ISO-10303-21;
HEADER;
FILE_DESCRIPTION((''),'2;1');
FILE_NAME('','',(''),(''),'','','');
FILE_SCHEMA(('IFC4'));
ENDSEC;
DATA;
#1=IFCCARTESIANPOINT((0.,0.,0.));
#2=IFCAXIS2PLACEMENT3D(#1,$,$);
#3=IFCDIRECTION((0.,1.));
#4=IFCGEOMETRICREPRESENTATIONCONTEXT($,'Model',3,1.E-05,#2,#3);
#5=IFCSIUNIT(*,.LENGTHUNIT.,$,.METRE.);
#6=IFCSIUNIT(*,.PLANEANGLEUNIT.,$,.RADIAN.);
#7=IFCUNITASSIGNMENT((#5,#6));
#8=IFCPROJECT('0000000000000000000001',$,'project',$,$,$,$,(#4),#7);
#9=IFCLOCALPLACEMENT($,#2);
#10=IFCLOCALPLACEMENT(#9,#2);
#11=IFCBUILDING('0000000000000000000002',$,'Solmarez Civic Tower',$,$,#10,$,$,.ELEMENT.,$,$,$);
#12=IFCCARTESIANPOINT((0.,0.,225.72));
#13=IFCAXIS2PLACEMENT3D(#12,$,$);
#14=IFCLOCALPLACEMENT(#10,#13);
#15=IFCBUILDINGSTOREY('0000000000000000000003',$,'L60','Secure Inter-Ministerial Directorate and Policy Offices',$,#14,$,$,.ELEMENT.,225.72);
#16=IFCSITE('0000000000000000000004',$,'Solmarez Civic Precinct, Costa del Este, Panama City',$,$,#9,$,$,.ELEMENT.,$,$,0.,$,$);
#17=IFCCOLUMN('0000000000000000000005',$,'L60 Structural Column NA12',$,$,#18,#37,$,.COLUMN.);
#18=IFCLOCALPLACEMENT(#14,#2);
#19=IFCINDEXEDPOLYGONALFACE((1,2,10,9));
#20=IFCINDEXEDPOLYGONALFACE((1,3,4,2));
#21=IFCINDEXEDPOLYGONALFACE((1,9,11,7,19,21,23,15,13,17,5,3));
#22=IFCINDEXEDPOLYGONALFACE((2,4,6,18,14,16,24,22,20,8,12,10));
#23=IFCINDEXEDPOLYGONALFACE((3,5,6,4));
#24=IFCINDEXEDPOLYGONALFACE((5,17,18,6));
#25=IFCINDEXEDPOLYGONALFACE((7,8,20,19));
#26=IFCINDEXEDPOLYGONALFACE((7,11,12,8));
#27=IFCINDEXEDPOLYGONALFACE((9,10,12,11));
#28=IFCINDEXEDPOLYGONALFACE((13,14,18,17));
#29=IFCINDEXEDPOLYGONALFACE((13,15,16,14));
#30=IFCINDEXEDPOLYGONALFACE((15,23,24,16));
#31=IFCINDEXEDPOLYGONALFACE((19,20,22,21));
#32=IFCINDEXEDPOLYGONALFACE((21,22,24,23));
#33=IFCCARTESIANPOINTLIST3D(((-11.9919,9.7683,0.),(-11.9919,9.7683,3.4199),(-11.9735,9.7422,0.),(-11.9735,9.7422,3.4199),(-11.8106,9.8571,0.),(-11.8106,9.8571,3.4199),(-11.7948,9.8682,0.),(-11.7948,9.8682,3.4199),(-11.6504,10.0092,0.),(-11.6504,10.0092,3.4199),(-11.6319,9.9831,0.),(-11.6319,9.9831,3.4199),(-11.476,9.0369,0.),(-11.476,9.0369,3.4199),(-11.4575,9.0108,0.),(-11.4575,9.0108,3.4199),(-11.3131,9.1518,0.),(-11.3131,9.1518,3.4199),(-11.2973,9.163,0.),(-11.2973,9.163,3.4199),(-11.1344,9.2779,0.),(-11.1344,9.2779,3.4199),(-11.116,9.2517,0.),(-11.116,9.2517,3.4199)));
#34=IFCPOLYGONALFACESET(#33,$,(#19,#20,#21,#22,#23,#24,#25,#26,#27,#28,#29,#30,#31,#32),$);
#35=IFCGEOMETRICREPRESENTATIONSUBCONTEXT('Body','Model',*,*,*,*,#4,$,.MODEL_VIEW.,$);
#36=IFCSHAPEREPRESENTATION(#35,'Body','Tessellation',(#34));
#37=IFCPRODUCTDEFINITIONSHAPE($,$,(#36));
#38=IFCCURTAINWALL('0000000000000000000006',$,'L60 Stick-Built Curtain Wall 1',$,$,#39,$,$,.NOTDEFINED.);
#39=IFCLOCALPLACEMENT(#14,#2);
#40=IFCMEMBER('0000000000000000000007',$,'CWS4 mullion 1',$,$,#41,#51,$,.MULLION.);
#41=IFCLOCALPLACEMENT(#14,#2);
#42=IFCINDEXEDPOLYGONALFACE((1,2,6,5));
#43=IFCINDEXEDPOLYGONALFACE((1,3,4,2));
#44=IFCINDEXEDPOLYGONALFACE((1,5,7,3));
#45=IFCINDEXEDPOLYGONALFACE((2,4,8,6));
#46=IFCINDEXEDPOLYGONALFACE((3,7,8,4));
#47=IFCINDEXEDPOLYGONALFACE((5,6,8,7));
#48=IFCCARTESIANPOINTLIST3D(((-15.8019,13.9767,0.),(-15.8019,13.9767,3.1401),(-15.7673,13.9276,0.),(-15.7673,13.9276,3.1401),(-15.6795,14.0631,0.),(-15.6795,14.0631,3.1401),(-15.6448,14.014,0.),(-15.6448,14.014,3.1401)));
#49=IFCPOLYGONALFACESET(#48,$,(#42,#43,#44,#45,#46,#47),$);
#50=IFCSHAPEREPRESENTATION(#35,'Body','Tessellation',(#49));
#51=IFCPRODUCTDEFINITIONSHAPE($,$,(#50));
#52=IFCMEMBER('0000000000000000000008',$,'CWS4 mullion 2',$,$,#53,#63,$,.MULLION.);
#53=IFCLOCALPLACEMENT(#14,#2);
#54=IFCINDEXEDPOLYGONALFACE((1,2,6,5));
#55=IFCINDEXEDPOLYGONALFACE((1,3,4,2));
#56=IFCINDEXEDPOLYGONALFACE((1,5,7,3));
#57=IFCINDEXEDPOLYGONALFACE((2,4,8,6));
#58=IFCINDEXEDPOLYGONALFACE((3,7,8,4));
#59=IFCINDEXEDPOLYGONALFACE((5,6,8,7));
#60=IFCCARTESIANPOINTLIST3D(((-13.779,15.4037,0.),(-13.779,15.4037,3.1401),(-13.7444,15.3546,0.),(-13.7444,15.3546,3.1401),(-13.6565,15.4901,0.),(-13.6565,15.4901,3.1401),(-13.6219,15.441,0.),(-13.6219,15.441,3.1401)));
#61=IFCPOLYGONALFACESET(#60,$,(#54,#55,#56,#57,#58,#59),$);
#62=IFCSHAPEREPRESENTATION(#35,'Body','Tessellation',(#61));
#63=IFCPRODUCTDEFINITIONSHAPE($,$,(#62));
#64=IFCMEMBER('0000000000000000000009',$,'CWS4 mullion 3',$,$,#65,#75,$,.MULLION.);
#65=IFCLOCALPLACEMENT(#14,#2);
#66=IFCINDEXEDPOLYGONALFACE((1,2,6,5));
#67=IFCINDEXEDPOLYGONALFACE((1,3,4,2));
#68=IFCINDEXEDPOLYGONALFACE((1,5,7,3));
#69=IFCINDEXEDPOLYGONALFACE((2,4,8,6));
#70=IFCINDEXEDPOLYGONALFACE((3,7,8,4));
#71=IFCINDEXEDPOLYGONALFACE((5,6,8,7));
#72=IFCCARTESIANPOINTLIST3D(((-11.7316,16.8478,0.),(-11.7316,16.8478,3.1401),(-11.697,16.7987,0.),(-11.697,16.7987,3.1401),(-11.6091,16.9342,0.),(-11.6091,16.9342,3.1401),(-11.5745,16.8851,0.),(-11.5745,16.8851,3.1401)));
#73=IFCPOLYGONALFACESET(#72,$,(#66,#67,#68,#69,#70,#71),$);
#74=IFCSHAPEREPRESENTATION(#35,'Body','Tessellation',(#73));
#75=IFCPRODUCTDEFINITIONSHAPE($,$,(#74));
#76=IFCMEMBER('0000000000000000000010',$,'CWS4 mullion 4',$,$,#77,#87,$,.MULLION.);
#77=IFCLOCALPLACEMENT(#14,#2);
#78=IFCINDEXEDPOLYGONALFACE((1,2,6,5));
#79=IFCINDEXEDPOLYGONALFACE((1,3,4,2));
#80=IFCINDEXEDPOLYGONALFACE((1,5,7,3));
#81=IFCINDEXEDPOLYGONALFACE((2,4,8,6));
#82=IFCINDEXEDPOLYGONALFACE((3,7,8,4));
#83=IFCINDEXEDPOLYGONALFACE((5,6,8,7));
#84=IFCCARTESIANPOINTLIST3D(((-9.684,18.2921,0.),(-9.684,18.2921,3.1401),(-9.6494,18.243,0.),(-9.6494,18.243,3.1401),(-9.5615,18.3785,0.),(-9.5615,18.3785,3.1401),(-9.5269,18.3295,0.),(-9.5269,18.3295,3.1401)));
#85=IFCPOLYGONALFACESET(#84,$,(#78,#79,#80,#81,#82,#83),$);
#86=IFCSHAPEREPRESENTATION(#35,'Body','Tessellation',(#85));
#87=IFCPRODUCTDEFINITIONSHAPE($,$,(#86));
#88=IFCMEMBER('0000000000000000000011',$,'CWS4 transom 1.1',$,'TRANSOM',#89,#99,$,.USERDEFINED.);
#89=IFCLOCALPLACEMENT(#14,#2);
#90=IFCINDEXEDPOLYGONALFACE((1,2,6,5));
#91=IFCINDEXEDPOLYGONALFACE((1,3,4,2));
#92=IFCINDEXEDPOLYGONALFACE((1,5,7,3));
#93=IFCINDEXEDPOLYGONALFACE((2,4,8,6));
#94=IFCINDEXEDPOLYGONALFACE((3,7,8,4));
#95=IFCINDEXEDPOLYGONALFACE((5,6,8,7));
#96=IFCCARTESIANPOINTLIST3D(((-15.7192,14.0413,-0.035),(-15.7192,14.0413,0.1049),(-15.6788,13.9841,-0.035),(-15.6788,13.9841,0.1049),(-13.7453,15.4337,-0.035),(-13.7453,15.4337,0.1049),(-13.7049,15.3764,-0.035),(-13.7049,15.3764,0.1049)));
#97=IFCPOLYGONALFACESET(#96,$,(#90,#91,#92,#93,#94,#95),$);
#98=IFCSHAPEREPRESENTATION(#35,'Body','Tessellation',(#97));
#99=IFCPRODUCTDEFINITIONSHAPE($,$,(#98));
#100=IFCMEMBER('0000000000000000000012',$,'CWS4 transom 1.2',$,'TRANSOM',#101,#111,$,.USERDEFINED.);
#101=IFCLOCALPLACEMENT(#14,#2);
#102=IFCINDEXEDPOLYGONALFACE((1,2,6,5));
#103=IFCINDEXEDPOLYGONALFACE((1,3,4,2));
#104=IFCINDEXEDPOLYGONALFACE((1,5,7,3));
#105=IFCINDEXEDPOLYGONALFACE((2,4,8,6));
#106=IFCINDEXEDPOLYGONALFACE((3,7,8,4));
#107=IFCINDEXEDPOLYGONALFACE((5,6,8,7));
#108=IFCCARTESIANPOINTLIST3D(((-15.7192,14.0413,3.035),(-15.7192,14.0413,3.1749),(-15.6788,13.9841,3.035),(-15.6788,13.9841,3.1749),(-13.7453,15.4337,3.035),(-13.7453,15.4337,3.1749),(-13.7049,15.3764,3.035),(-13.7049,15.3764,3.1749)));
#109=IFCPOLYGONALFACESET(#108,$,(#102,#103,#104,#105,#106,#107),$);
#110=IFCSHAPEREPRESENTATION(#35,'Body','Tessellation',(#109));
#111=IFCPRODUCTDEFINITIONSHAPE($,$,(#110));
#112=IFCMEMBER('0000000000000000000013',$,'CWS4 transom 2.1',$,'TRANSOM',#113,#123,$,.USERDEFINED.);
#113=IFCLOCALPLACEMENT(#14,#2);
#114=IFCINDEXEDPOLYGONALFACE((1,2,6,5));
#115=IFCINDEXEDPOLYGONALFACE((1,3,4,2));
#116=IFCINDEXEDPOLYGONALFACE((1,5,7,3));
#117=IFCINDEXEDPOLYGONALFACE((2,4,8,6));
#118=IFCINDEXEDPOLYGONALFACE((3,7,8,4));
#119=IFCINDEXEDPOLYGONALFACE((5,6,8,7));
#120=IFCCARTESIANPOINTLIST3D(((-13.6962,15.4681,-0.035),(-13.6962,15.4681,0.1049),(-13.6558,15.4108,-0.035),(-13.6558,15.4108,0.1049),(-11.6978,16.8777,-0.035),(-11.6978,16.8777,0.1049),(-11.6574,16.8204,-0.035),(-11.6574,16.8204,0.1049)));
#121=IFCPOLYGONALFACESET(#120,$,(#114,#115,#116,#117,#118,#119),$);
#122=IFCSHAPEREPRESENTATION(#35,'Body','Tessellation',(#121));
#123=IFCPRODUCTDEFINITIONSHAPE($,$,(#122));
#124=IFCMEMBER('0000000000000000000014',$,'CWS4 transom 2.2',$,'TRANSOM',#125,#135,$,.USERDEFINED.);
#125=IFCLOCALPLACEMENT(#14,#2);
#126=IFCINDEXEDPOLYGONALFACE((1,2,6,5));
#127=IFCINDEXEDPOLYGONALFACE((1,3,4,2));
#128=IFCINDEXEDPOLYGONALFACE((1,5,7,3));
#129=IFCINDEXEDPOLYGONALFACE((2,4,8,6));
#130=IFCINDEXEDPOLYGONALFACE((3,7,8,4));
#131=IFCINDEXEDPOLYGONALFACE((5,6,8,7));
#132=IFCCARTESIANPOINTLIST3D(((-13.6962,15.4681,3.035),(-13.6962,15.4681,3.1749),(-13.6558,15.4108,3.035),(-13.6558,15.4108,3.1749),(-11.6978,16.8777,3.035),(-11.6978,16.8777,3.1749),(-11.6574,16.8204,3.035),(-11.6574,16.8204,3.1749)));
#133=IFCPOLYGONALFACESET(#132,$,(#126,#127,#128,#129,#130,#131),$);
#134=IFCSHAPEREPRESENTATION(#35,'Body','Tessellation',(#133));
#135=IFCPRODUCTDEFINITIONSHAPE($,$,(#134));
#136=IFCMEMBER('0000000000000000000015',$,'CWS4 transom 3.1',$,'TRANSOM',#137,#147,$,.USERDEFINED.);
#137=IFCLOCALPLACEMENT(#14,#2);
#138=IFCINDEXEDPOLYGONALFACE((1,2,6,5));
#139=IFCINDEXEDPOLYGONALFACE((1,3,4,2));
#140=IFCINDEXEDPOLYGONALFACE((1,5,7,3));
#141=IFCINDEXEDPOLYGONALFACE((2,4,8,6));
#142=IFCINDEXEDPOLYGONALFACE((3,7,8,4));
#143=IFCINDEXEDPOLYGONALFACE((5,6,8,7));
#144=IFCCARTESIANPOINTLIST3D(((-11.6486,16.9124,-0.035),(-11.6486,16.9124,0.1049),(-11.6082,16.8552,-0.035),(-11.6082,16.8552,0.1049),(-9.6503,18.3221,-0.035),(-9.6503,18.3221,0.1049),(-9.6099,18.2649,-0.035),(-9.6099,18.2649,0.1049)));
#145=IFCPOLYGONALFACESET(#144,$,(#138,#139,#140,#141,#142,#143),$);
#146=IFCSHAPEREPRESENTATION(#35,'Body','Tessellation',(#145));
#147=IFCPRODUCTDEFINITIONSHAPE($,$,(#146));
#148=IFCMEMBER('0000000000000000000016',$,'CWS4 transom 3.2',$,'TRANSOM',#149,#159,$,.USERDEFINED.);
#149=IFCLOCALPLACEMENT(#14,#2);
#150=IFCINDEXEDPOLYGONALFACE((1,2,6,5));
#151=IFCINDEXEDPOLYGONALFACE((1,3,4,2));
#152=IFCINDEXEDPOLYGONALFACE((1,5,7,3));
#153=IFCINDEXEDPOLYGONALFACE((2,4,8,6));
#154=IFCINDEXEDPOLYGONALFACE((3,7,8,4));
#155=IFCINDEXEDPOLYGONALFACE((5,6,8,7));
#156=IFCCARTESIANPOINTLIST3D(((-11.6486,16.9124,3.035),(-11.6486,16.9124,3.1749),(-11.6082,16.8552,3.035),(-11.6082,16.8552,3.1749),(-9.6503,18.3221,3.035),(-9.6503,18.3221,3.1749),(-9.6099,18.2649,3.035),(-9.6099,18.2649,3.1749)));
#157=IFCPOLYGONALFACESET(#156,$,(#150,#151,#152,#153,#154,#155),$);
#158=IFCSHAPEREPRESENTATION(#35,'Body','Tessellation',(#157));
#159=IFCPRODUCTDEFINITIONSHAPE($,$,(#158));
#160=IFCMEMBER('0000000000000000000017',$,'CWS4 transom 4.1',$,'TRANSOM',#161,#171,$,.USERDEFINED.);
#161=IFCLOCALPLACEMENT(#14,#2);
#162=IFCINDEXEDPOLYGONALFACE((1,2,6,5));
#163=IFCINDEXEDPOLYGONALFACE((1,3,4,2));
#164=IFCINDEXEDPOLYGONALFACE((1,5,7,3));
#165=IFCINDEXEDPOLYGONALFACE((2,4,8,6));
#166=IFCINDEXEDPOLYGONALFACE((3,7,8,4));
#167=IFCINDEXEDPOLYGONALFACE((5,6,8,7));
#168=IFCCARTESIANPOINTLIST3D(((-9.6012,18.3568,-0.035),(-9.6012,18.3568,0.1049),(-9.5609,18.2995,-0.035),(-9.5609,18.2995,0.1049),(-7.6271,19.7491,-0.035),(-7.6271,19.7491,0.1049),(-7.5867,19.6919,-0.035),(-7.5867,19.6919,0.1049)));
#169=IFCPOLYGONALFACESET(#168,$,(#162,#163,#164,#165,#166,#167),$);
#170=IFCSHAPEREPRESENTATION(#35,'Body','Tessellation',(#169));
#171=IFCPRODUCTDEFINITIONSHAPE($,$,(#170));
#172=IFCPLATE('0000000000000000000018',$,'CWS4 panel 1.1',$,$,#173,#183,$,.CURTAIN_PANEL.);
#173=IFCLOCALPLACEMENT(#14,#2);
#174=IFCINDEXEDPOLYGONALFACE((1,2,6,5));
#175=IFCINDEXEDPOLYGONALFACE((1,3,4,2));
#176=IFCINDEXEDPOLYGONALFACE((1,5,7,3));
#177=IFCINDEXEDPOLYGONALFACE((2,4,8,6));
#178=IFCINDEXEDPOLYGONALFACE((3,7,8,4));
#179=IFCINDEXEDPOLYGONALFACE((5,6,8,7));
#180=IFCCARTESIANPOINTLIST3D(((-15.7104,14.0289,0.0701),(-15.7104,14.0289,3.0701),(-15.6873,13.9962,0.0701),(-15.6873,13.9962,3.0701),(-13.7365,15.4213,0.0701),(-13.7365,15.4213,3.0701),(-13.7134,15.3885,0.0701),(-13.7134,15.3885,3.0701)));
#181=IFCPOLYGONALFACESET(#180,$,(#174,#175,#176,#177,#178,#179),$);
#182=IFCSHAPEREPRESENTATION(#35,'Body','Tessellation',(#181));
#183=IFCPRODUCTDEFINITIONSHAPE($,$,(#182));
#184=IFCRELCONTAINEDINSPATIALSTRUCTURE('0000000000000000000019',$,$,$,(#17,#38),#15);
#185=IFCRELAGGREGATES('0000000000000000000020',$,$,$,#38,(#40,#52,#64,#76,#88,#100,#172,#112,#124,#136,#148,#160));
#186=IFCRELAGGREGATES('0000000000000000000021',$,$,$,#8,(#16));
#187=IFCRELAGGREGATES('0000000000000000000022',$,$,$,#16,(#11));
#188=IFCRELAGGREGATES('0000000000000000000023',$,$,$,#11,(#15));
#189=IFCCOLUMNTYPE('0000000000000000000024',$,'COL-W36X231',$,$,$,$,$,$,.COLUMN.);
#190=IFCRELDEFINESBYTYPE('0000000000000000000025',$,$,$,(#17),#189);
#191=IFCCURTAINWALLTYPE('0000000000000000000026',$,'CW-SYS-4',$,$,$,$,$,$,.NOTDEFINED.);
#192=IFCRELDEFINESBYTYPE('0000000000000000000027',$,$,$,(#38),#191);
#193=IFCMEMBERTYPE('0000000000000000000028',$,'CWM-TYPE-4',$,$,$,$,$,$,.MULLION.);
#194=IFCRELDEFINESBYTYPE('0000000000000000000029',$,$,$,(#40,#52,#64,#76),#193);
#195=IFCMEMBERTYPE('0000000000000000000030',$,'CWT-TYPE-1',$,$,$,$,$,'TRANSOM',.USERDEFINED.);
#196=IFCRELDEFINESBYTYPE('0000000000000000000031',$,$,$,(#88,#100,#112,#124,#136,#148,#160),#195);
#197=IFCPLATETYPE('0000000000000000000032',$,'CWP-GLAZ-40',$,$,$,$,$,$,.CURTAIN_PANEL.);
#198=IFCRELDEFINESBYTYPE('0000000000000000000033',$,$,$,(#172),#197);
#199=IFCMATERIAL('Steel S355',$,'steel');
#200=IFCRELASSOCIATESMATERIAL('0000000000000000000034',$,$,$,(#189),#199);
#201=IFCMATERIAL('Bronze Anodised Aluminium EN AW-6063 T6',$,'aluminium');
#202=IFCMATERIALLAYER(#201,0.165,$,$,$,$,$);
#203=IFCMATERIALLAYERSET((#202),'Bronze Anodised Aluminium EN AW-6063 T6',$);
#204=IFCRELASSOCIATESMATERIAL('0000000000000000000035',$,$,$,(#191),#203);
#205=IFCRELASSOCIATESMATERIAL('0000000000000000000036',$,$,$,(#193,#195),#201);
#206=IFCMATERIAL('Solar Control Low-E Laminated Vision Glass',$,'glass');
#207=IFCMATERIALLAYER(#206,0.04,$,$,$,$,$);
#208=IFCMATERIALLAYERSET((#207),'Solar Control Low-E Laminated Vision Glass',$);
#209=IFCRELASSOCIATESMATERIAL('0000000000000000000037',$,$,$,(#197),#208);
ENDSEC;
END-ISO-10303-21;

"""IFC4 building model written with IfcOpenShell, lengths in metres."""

from ifc_helpers import new_model, si_unit, direction, frame, origin, origin_2d, place, context, subcontext, project, spatial, rectangle, i_section, extrude, material, layer, layer_set, material_profile, profile_set, type_object, element, aggregate, save


model = new_model("IFC4")

# Units and contexts
model_context = context("Model", 3, precision=1e-05, world=origin(), true_north=direction((0.0, 1.0)))
body_context = subcontext(model_context, "Body", "Model", "MODEL_VIEW")
ifc_project = project(units=[si_unit("LENGTHUNIT", "METRE"), si_unit("PLANEANGLEUNIT", "RADIAN")], contexts=[model_context])

# Site, building, storey
site_placement = place(None, origin())
site = spatial("IfcSite", under=ifc_project, at=site_placement, Name="Solmarez Civic Precinct, Costa del Este, Panama City", CompositionType="ELEMENT", RefElevation=0.0)
building_placement = place(site_placement, origin())
building = spatial("IfcBuilding", under=site, at=building_placement, Name="Solmarez Civic Tower", CompositionType="ELEMENT")
storey_placement = place(building_placement, frame((0.0, 0.0, 225.72)))
storey = spatial("IfcBuildingStorey", under=building, at=storey_placement, Name="L60", Description="Secure Inter-Ministerial Directorate and Policy Offices", CompositionType="ELEMENT", Elevation=225.72)

# Column
ifc_material_1 = material(Name="Steel S355", Category="steel")
ifc_material_profile_1 = material_profile(ifc_material_1, i_section(OverallWidth=0.418, OverallDepth=0.927, WebThickness=0.0193, FlangeThickness=0.032, at=origin_2d()), Name="W36X231")
ifc_profile_set_1 = profile_set([ifc_material_profile_1], Name="Steel S355")
column_type = type_object("IfcColumnType", Name="COL-W36X231", PredefinedType="COLUMN", material=ifc_profile_set_1)
column_placement = place(storey_placement, frame((-11.554, 9.51, 0.0), z_axis=(0.0, 0.0, 1.0), x_axis=(0.817145, 0.576432, 0.0)))
element("IfcColumn", 1, at=column_placement, inside=storey, type_object=column_type, Name="L60 Structural Column NA12", PredefinedType="COLUMN", context=body_context, shape_type="SweptSolid", body=[
    extrude(i_section(OverallWidth=0.418, OverallDepth=0.927, WebThickness=0.0193, FlangeThickness=0.032, at=origin_2d()), origin(), (0.0, 0.0, 1.0), 3.4199),
])

# Curtain wall, members, plate
ifc_material_2 = material(Name="Bronze Anodised Aluminium EN AW-6063 T6", Category="aluminium")
ifc_layer_1 = layer(ifc_material_2, 0.165)
ifc_layer_set_1 = layer_set([ifc_layer_1], Name="Bronze Anodised Aluminium EN AW-6063 T6")
curtain_wall_type = type_object("IfcCurtainWallType", Name="CW-SYS-4", PredefinedType="NOTDEFINED", material=ifc_layer_set_1)
curtain_wall_placement = place(storey_placement, origin())
curtain_wall = element("IfcCurtainWall", 2, at=curtain_wall_placement, inside=storey, type_object=curtain_wall_type, Name="L60 Stick-Built Curtain Wall 1", PredefinedType="NOTDEFINED")
ifc_material_profile_2 = material_profile(ifc_material_2, rectangle(XDim=0.0601, YDim=0.1499, at=origin_2d()), Name="CWM-60X150")
ifc_profile_set_2 = profile_set([ifc_material_profile_2], Name="Bronze Anodised Aluminium EN AW-6063 T6")
member_type_1 = type_object("IfcMemberType", Name="CWM-TYPE-4", PredefinedType="MULLION", material=ifc_profile_set_2)
member_1_placement = place(storey_placement, frame((-15.7234, 13.9954, 0.0), z_axis=(0.0, 0.0, 1.0), x_axis=(-0.576405, 0.817164, 0.0)))
member_1 = element("IfcMember", 3, at=member_1_placement, type_object=member_type_1, Name="CWS4 mullion 1", PredefinedType="MULLION", context=body_context, shape_type="SweptSolid", body=[
    extrude(rectangle(XDim=0.0601, YDim=0.1499, at=origin_2d()), origin(), (0.0, 0.0, 1.0), 3.1401),
])
member_2_placement = place(storey_placement, frame((-13.7004, 15.4224, 0.0), z_axis=(0.0, 0.0, 1.0), x_axis=(-0.576405, 0.817164, 0.0)))
member_2 = element("IfcMember", 4, at=member_2_placement, type_object=member_type_1, Name="CWS4 mullion 2", PredefinedType="MULLION", context=body_context, shape_type="SweptSolid", body=[
    extrude(rectangle(XDim=0.0601, YDim=0.1499, at=origin_2d()), origin(), (0.0, 0.0, 1.0), 3.1401),
])
member_3_placement = place(storey_placement, frame((-11.6531, 16.8665, 0.0), z_axis=(0.0, 0.0, 1.0), x_axis=(-0.576405, 0.817164, 0.0)))
member_3 = element("IfcMember", 5, at=member_3_placement, type_object=member_type_1, Name="CWS4 mullion 3", PredefinedType="MULLION", context=body_context, shape_type="SweptSolid", body=[
    extrude(rectangle(XDim=0.0601, YDim=0.1499, at=origin_2d()), origin(), (0.0, 0.0, 1.0), 3.1401),
])
member_4_placement = place(storey_placement, frame((-9.6055, 18.3108, 0.0), z_axis=(0.0, 0.0, 1.0), x_axis=(-0.576405, 0.817164, 0.0)))
member_4 = element("IfcMember", 6, at=member_4_placement, type_object=member_type_1, Name="CWS4 mullion 4", PredefinedType="MULLION", context=body_context, shape_type="SweptSolid", body=[
    extrude(rectangle(XDim=0.0601, YDim=0.1499, at=origin_2d()), origin(), (0.0, 0.0, 1.0), 3.1401),
])
ifc_material_profile_3 = material_profile(ifc_material_2, rectangle(XDim=0.0701, YDim=0.1399, at=origin_2d()), Name="CWT-70X140")
ifc_profile_set_3 = profile_set([ifc_material_profile_3], Name="Bronze Anodised Aluminium EN AW-6063 T6")
member_type_2 = type_object("IfcMemberType", Name="CWT-TYPE-1", ElementType="TRANSOM", PredefinedType="USERDEFINED", material=ifc_profile_set_3)
member_5_placement = place(storey_placement, frame((-15.699, 14.0127, 0.0349), z_axis=(0.817161, 0.576409, 0.0), x_axis=(-0.576409, 0.817161, 0.0)))
member_5 = element("IfcMember", 7, at=member_5_placement, type_object=member_type_2, Name="CWS4 transom 1.1", ObjectType="TRANSOM", PredefinedType="USERDEFINED", context=body_context, shape_type="SweptSolid", body=[
    extrude(rectangle(XDim=0.0701, YDim=0.1399, at=origin_2d()), origin(), (0.0, 0.0, 1.0), 2.4155),
])
member_6_placement = place(storey_placement, frame((-15.699, 14.0127, 3.105), z_axis=(0.817161, 0.576409, 0.0), x_axis=(-0.576409, 0.817161, 0.0)))
member_6 = element("IfcMember", 8, at=member_6_placement, type_object=member_type_2, Name="CWS4 transom 1.2", ObjectType="TRANSOM", PredefinedType="USERDEFINED", context=body_context, shape_type="SweptSolid", body=[
    extrude(rectangle(XDim=0.0701, YDim=0.1399, at=origin_2d()), origin(), (0.0, 0.0, 1.0), 2.4155),
])
member_7_placement = place(storey_placement, frame((-13.676, 15.4395, 0.0349), z_axis=(0.817173, 0.576393, 0.0), x_axis=(-0.576393, 0.817173, 0.0)))
member_7 = element("IfcMember", 9, at=member_7_placement, type_object=member_type_2, Name="CWS4 transom 2.1", ObjectType="TRANSOM", PredefinedType="USERDEFINED", context=body_context, shape_type="SweptSolid", body=[
    extrude(rectangle(XDim=0.0701, YDim=0.1399, at=origin_2d()), origin(), (0.0, 0.0, 1.0), 2.4456),
])
member_8_placement = place(storey_placement, frame((-13.676, 15.4395, 3.105), z_axis=(0.817173, 0.576393, 0.0), x_axis=(-0.576393, 0.817173, 0.0)))
member_8 = element("IfcMember", 10, at=member_8_placement, type_object=member_type_2, Name="CWS4 transom 2.2", ObjectType="TRANSOM", PredefinedType="USERDEFINED", context=body_context, shape_type="SweptSolid", body=[
    extrude(rectangle(XDim=0.0701, YDim=0.1399, at=origin_2d()), origin(), (0.0, 0.0, 1.0), 2.4456),
])
member_9_placement = place(storey_placement, frame((-11.6284, 16.8838, 0.0349), z_axis=(0.817139, 0.57644, 0.0), x_axis=(-0.57644, 0.817139, 0.0)))
member_9 = element("IfcMember", 11, at=member_9_placement, type_object=member_type_2, Name="CWS4 transom 3.1", ObjectType="TRANSOM", PredefinedType="USERDEFINED", context=body_context, shape_type="SweptSolid", body=[
    extrude(rectangle(XDim=0.0701, YDim=0.1399, at=origin_2d()), origin(), (0.0, 0.0, 1.0), 2.4456),
])
member_10_placement = place(storey_placement, frame((-11.6284, 16.8838, 3.105), z_axis=(0.817139, 0.57644, 0.0), x_axis=(-0.57644, 0.817139, 0.0)))
member_10 = element("IfcMember", 12, at=member_10_placement, type_object=member_type_2, Name="CWS4 transom 3.2", ObjectType="TRANSOM", PredefinedType="USERDEFINED", context=body_context, shape_type="SweptSolid", body=[
    extrude(rectangle(XDim=0.0701, YDim=0.1399, at=origin_2d()), origin(), (0.0, 0.0, 1.0), 2.4456),
])
member_11_placement = place(storey_placement, frame((-9.5811, 18.3281, 0.0349), z_axis=(0.817195, 0.576362, 0.0), x_axis=(-0.576362, 0.817195, 0.0)))
member_11 = element("IfcMember", 13, at=member_11_placement, type_object=member_type_2, Name="CWS4 transom 4.1", ObjectType="TRANSOM", PredefinedType="USERDEFINED", context=body_context, shape_type="SweptSolid", body=[
    extrude(rectangle(XDim=0.0701, YDim=0.1399, at=origin_2d()), origin(), (0.0, 0.0, 1.0), 2.4158),
])
ifc_material_3 = material(Name="Solar Control Low-E Laminated Vision Glass", Category="glass")
ifc_layer_2 = layer(ifc_material_3, 0.04)
ifc_layer_set_2 = layer_set([ifc_layer_2], Name="Solar Control Low-E Laminated Vision Glass")
plate_type_1 = type_object("IfcPlateType", Name="CWP-GLAZ-40", PredefinedType="CURTAIN_PANEL", material=ifc_layer_set_2)
plate_1_placement = place(storey_placement, frame((-14.7119, 14.7087, 0.0701), z_axis=(0.0, 0.0, 1.0), x_axis=(0.817164, 0.576405, 0.0)))
plate_1 = element("IfcPlate", 14, at=plate_1_placement, type_object=plate_type_1, Name="CWS4 panel 1.1", PredefinedType="CURTAIN_PANEL", context=body_context, shape_type="SweptSolid", body=[
    extrude(rectangle(XDim=2.4155, YDim=0.04, at=origin_2d()), origin(), (0.0, 0.0, 1.0), 3.0),
])
aggregate(curtain_wall, [member_1, member_2, member_3, member_4, member_5, member_6, plate_1, member_7, member_8, member_9, member_10, member_11])

save(model, "model.ifc")
